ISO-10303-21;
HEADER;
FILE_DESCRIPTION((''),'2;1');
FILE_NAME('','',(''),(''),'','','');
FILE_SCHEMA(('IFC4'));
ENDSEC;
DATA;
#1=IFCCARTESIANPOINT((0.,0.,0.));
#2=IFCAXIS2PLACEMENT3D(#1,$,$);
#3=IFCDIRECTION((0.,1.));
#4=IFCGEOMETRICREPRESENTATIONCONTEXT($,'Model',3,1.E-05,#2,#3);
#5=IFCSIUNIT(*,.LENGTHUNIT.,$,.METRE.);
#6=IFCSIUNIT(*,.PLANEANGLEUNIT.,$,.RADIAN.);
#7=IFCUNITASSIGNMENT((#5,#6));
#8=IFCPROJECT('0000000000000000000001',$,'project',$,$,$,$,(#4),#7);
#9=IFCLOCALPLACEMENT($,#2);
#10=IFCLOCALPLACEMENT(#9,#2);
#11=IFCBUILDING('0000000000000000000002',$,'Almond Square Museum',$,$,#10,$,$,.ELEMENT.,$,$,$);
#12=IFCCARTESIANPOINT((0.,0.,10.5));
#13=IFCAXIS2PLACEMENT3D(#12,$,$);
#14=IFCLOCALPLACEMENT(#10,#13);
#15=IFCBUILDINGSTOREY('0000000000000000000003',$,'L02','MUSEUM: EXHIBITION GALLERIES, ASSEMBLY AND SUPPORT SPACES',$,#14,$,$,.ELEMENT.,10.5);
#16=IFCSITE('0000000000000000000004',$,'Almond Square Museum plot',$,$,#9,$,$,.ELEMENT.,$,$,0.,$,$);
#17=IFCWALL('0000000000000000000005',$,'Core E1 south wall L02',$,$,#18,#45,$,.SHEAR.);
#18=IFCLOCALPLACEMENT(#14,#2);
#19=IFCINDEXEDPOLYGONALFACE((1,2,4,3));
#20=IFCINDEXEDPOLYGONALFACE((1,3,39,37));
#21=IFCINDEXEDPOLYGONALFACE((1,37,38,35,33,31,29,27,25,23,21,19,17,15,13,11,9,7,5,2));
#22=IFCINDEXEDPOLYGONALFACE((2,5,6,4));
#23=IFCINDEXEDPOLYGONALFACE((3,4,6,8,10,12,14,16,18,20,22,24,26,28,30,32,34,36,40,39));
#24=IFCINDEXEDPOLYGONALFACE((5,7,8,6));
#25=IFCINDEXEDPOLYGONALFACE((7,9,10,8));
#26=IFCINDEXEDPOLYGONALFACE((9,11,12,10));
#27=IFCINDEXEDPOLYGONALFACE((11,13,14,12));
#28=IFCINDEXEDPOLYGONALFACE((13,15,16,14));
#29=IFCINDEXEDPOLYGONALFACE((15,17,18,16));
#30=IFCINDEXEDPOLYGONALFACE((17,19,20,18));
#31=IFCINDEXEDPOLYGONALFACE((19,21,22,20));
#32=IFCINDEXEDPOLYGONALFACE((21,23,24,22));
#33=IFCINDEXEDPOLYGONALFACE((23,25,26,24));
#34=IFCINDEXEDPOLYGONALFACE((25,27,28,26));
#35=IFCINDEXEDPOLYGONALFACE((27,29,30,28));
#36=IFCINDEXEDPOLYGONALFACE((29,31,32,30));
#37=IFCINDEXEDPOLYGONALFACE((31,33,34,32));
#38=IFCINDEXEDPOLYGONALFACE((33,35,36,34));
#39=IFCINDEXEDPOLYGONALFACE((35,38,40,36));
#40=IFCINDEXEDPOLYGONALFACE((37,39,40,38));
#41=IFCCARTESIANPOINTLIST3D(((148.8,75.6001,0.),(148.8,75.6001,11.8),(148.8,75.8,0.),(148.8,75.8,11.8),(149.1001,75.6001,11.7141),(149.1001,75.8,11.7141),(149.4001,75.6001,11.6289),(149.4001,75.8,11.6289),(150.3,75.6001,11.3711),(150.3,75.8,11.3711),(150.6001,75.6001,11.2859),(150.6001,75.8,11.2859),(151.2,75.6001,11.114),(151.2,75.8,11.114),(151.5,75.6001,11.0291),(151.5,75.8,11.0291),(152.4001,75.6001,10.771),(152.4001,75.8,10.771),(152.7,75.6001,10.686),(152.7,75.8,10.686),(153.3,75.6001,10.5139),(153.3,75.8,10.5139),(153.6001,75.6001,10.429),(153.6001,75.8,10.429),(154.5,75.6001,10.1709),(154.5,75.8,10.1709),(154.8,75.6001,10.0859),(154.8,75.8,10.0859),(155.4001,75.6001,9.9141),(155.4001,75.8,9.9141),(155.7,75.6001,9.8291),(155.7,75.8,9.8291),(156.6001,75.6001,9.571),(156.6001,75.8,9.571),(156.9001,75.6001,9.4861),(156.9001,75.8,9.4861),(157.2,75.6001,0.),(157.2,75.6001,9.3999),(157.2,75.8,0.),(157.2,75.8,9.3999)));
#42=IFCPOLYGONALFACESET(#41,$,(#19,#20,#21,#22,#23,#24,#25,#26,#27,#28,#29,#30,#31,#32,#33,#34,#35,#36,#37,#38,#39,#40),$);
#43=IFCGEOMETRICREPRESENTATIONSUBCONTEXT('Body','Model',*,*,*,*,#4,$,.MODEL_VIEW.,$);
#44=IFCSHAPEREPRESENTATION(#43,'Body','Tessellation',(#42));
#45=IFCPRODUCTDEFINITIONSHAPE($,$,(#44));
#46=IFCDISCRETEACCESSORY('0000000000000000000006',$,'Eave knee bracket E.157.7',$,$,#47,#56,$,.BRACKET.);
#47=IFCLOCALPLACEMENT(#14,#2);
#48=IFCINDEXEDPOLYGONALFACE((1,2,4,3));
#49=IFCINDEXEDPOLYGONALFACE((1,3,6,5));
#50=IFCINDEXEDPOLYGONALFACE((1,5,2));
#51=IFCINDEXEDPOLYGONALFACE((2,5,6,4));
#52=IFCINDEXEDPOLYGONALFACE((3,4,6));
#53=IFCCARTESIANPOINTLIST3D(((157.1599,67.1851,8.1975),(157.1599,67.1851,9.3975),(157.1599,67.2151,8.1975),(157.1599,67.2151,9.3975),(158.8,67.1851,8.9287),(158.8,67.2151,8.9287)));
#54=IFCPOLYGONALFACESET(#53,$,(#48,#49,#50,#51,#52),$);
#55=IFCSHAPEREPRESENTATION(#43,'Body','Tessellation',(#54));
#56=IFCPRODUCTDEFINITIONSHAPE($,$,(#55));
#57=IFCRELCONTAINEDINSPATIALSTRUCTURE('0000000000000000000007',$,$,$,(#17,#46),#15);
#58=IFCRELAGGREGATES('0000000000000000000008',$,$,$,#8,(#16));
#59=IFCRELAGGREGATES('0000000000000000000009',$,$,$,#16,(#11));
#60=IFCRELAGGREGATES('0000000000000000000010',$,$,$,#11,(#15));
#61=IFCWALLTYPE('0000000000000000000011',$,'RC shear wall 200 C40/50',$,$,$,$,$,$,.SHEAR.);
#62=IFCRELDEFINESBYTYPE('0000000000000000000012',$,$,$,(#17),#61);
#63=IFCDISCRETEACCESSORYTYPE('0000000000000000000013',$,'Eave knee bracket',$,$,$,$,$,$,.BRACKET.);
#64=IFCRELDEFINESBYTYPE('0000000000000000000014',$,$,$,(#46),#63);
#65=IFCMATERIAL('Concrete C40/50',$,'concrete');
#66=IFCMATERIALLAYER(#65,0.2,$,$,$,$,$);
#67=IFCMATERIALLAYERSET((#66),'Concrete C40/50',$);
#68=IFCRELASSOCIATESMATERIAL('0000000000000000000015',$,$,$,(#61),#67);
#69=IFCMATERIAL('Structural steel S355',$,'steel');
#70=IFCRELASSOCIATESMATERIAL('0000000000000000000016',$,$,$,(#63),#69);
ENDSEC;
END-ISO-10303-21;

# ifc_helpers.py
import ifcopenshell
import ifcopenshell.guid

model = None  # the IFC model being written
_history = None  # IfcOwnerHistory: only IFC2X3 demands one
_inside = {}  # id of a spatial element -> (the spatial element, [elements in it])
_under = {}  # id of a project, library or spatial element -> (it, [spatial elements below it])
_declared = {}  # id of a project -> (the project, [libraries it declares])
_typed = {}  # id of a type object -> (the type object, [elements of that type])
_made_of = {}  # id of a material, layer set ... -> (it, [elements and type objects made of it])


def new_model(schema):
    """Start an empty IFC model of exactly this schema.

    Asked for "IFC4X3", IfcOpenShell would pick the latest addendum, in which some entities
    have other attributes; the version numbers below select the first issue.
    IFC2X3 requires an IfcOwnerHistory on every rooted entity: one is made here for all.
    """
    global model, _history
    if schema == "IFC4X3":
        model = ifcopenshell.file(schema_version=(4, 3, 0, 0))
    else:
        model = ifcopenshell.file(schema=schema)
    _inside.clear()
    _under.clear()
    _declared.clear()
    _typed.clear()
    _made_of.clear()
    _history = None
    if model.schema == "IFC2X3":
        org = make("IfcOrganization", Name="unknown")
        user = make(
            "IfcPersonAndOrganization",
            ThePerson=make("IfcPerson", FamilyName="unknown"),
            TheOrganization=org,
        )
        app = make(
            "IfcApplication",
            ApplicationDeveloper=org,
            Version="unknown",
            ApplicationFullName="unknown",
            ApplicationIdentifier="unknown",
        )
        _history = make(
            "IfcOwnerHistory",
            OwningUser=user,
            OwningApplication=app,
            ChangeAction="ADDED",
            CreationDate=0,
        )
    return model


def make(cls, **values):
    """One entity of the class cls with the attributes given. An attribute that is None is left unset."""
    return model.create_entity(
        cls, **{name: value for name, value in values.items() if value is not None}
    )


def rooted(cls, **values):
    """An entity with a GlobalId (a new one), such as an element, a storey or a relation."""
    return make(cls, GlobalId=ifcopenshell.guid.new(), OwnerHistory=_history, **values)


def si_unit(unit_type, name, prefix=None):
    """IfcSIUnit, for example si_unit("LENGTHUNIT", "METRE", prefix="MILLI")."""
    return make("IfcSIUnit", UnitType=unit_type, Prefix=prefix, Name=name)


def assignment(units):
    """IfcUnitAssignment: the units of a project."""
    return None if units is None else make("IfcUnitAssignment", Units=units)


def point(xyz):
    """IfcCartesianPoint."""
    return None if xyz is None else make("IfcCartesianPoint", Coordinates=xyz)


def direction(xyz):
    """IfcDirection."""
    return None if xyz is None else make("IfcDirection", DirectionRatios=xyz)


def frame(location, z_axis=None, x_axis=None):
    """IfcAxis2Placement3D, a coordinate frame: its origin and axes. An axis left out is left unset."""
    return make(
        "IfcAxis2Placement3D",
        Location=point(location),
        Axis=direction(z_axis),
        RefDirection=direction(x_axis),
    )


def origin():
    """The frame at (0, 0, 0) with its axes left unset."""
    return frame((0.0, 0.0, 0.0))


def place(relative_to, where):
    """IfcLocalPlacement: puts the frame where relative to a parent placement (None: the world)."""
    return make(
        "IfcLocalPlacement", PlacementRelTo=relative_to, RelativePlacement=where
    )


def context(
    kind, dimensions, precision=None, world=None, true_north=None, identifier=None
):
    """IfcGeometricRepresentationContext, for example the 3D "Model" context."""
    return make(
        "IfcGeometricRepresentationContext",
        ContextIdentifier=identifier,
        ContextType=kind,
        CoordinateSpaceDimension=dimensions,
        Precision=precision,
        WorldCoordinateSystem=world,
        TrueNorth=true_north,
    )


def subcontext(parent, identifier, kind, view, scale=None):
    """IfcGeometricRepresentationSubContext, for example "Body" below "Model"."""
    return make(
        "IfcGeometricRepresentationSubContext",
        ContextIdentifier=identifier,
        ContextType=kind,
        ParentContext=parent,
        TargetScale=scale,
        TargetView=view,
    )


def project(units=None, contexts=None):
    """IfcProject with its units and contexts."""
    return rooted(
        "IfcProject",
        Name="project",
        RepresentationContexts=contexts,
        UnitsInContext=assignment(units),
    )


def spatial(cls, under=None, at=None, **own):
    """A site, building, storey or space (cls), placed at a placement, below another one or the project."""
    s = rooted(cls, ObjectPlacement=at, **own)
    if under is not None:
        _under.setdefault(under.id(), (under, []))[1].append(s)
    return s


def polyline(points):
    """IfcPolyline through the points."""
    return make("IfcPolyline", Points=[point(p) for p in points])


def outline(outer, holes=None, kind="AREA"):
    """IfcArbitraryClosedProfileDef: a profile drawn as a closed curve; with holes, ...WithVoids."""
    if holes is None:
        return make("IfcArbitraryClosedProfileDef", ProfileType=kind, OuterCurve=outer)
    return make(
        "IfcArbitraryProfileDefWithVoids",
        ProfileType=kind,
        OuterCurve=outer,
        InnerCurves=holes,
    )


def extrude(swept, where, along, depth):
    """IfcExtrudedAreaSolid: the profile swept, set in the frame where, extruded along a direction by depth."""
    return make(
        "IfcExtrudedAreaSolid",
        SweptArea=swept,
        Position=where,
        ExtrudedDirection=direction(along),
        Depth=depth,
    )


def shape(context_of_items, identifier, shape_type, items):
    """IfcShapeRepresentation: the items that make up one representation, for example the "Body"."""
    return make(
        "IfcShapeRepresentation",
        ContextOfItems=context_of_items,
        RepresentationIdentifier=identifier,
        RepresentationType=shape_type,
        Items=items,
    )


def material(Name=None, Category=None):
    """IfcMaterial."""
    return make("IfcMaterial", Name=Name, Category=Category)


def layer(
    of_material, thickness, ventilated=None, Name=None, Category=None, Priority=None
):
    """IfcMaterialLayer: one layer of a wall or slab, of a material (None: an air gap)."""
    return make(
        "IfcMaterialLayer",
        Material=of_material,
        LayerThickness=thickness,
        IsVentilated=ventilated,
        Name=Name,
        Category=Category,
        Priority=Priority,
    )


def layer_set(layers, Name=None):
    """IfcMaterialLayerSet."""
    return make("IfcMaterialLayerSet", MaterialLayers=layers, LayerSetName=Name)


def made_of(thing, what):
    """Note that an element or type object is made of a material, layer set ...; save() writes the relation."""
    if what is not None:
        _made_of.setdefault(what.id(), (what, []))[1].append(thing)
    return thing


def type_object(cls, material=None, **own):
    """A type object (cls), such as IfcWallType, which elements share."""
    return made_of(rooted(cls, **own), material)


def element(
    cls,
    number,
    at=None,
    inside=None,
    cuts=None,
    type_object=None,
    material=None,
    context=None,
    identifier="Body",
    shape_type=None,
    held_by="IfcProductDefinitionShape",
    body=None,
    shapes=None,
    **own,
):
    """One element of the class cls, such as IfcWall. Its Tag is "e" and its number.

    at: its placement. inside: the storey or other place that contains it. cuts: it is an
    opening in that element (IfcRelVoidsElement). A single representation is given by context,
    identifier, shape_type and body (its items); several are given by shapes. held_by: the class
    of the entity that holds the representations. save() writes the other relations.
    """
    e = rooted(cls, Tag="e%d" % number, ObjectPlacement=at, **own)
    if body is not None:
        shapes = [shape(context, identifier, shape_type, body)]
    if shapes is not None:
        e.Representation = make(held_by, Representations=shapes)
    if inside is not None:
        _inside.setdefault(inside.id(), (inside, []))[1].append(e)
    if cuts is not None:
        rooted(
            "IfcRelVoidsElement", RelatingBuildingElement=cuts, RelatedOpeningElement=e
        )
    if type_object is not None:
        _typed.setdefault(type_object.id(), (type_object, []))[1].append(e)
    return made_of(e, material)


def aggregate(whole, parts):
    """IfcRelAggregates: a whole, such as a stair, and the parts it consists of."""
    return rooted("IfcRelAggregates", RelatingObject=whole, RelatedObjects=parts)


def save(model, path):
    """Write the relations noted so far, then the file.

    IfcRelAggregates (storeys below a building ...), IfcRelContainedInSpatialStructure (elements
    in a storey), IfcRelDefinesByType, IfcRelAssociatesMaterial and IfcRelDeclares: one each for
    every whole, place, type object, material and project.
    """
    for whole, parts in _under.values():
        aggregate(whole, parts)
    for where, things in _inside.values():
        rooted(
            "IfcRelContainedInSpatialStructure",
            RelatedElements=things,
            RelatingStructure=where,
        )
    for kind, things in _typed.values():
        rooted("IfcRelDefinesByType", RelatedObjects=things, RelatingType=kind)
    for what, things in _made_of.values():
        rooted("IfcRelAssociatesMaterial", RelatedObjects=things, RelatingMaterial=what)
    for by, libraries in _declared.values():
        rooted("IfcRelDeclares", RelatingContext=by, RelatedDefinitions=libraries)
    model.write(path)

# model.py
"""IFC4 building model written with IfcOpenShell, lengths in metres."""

from ifc_helpers import new_model, si_unit, direction, frame, origin, place, context, subcontext, project, spatial, polyline, outline, extrude, material, layer, layer_set, type_object, element, save


model = new_model("IFC4")

# Units and contexts
model_context = context("Model", 3, precision=1e-05, world=origin(), true_north=direction((0.0, 1.0)))
body_context = subcontext(model_context, "Body", "Model", "MODEL_VIEW")
ifc_project = project(units=[si_unit("LENGTHUNIT", "METRE"), si_unit("PLANEANGLEUNIT", "RADIAN")], contexts=[model_context])

# Site, building, storey
site_placement = place(None, origin())
site = spatial("IfcSite", under=ifc_project, at=site_placement, Name="Almond Square Museum plot", CompositionType="ELEMENT", RefElevation=0.0)
building_placement = place(site_placement, origin())
building = spatial("IfcBuilding", under=site, at=building_placement, Name="Almond Square Museum", CompositionType="ELEMENT")
storey_placement = place(building_placement, frame((0.0, 0.0, 10.5)))
storey = spatial("IfcBuildingStorey", under=building, at=storey_placement, Name="L02", Description="MUSEUM: EXHIBITION GALLERIES, ASSEMBLY AND SUPPORT SPACES", CompositionType="ELEMENT", Elevation=10.5)

# Wall
ifc_material_1 = material(Name="Concrete C40/50", Category="concrete")
ifc_layer_1 = layer(ifc_material_1, 0.2)
ifc_layer_set_1 = layer_set([ifc_layer_1], Name="Concrete C40/50")
wall_type_1 = type_object("IfcWallType", Name="RC shear wall 200 C40/50", PredefinedType="SHEAR", material=ifc_layer_set_1)
wall_1_placement = place(storey_placement, frame((148.8, 75.7, 0.0), z_axis=(0.0, 0.0, 1.0), x_axis=(1.0, 0.0, 0.0)))
element("IfcWall", 1, at=wall_1_placement, inside=storey, type_object=wall_type_1, Name="Core E1 south wall L02", PredefinedType="SHEAR", context=body_context, shape_type="SweptSolid", body=[
    extrude(outline(polyline([(0.0, 0.0), (8.3999, 0.0), (8.3999, 9.3999), (8.1001, 9.4861), (7.8, 9.571), (6.8999, 9.8291), (6.6001, 9.9141), (6.0, 10.0859), (5.7, 10.1709), (4.8, 10.429), (4.5, 10.5139), (3.8999, 10.686), (3.6001, 10.771), (2.7, 11.0291), (2.3999, 11.114), (1.8, 11.2859), (1.5, 11.3711), (0.6001, 11.6289), (0.3, 11.7141), (0.0, 11.8), (0.0, 0.0)])), frame((0.0, 0.1001, 0.0), z_axis=(0.0, -1.0, 0.0), x_axis=(1.0, 0.0, 0.0)), (0.0, 0.0, 1.0), 0.2),
])

# Discrete accessory
ifc_material_2 = material(Name="Structural steel S355", Category="steel")
discrete_accessory_type = type_object("IfcDiscreteAccessoryType", Name="Eave knee bracket", PredefinedType="BRACKET", material=ifc_material_2)
discrete_accessory_placement = place(storey_placement, frame((157.1599, 67.2, 9.3975), z_axis=(0.0, -1.0, 0.0), x_axis=(0.0, 0.0, -1.0)))
element("IfcDiscreteAccessory", 2, at=discrete_accessory_placement, inside=storey, type_object=discrete_accessory_type, Name="Eave knee bracket E.157.7", PredefinedType="BRACKET", context=body_context, shape_type="SweptSolid", body=[
    extrude(outline(polyline([(0.0, 0.0), (1.2, 0.0), (0.4688, 1.6401), (0.0, 0.0)])), frame((0.0, 0.0, -0.0151)), (0.0, 0.0, 1.0), 0.03),
])

save(model, "model.ifc")
